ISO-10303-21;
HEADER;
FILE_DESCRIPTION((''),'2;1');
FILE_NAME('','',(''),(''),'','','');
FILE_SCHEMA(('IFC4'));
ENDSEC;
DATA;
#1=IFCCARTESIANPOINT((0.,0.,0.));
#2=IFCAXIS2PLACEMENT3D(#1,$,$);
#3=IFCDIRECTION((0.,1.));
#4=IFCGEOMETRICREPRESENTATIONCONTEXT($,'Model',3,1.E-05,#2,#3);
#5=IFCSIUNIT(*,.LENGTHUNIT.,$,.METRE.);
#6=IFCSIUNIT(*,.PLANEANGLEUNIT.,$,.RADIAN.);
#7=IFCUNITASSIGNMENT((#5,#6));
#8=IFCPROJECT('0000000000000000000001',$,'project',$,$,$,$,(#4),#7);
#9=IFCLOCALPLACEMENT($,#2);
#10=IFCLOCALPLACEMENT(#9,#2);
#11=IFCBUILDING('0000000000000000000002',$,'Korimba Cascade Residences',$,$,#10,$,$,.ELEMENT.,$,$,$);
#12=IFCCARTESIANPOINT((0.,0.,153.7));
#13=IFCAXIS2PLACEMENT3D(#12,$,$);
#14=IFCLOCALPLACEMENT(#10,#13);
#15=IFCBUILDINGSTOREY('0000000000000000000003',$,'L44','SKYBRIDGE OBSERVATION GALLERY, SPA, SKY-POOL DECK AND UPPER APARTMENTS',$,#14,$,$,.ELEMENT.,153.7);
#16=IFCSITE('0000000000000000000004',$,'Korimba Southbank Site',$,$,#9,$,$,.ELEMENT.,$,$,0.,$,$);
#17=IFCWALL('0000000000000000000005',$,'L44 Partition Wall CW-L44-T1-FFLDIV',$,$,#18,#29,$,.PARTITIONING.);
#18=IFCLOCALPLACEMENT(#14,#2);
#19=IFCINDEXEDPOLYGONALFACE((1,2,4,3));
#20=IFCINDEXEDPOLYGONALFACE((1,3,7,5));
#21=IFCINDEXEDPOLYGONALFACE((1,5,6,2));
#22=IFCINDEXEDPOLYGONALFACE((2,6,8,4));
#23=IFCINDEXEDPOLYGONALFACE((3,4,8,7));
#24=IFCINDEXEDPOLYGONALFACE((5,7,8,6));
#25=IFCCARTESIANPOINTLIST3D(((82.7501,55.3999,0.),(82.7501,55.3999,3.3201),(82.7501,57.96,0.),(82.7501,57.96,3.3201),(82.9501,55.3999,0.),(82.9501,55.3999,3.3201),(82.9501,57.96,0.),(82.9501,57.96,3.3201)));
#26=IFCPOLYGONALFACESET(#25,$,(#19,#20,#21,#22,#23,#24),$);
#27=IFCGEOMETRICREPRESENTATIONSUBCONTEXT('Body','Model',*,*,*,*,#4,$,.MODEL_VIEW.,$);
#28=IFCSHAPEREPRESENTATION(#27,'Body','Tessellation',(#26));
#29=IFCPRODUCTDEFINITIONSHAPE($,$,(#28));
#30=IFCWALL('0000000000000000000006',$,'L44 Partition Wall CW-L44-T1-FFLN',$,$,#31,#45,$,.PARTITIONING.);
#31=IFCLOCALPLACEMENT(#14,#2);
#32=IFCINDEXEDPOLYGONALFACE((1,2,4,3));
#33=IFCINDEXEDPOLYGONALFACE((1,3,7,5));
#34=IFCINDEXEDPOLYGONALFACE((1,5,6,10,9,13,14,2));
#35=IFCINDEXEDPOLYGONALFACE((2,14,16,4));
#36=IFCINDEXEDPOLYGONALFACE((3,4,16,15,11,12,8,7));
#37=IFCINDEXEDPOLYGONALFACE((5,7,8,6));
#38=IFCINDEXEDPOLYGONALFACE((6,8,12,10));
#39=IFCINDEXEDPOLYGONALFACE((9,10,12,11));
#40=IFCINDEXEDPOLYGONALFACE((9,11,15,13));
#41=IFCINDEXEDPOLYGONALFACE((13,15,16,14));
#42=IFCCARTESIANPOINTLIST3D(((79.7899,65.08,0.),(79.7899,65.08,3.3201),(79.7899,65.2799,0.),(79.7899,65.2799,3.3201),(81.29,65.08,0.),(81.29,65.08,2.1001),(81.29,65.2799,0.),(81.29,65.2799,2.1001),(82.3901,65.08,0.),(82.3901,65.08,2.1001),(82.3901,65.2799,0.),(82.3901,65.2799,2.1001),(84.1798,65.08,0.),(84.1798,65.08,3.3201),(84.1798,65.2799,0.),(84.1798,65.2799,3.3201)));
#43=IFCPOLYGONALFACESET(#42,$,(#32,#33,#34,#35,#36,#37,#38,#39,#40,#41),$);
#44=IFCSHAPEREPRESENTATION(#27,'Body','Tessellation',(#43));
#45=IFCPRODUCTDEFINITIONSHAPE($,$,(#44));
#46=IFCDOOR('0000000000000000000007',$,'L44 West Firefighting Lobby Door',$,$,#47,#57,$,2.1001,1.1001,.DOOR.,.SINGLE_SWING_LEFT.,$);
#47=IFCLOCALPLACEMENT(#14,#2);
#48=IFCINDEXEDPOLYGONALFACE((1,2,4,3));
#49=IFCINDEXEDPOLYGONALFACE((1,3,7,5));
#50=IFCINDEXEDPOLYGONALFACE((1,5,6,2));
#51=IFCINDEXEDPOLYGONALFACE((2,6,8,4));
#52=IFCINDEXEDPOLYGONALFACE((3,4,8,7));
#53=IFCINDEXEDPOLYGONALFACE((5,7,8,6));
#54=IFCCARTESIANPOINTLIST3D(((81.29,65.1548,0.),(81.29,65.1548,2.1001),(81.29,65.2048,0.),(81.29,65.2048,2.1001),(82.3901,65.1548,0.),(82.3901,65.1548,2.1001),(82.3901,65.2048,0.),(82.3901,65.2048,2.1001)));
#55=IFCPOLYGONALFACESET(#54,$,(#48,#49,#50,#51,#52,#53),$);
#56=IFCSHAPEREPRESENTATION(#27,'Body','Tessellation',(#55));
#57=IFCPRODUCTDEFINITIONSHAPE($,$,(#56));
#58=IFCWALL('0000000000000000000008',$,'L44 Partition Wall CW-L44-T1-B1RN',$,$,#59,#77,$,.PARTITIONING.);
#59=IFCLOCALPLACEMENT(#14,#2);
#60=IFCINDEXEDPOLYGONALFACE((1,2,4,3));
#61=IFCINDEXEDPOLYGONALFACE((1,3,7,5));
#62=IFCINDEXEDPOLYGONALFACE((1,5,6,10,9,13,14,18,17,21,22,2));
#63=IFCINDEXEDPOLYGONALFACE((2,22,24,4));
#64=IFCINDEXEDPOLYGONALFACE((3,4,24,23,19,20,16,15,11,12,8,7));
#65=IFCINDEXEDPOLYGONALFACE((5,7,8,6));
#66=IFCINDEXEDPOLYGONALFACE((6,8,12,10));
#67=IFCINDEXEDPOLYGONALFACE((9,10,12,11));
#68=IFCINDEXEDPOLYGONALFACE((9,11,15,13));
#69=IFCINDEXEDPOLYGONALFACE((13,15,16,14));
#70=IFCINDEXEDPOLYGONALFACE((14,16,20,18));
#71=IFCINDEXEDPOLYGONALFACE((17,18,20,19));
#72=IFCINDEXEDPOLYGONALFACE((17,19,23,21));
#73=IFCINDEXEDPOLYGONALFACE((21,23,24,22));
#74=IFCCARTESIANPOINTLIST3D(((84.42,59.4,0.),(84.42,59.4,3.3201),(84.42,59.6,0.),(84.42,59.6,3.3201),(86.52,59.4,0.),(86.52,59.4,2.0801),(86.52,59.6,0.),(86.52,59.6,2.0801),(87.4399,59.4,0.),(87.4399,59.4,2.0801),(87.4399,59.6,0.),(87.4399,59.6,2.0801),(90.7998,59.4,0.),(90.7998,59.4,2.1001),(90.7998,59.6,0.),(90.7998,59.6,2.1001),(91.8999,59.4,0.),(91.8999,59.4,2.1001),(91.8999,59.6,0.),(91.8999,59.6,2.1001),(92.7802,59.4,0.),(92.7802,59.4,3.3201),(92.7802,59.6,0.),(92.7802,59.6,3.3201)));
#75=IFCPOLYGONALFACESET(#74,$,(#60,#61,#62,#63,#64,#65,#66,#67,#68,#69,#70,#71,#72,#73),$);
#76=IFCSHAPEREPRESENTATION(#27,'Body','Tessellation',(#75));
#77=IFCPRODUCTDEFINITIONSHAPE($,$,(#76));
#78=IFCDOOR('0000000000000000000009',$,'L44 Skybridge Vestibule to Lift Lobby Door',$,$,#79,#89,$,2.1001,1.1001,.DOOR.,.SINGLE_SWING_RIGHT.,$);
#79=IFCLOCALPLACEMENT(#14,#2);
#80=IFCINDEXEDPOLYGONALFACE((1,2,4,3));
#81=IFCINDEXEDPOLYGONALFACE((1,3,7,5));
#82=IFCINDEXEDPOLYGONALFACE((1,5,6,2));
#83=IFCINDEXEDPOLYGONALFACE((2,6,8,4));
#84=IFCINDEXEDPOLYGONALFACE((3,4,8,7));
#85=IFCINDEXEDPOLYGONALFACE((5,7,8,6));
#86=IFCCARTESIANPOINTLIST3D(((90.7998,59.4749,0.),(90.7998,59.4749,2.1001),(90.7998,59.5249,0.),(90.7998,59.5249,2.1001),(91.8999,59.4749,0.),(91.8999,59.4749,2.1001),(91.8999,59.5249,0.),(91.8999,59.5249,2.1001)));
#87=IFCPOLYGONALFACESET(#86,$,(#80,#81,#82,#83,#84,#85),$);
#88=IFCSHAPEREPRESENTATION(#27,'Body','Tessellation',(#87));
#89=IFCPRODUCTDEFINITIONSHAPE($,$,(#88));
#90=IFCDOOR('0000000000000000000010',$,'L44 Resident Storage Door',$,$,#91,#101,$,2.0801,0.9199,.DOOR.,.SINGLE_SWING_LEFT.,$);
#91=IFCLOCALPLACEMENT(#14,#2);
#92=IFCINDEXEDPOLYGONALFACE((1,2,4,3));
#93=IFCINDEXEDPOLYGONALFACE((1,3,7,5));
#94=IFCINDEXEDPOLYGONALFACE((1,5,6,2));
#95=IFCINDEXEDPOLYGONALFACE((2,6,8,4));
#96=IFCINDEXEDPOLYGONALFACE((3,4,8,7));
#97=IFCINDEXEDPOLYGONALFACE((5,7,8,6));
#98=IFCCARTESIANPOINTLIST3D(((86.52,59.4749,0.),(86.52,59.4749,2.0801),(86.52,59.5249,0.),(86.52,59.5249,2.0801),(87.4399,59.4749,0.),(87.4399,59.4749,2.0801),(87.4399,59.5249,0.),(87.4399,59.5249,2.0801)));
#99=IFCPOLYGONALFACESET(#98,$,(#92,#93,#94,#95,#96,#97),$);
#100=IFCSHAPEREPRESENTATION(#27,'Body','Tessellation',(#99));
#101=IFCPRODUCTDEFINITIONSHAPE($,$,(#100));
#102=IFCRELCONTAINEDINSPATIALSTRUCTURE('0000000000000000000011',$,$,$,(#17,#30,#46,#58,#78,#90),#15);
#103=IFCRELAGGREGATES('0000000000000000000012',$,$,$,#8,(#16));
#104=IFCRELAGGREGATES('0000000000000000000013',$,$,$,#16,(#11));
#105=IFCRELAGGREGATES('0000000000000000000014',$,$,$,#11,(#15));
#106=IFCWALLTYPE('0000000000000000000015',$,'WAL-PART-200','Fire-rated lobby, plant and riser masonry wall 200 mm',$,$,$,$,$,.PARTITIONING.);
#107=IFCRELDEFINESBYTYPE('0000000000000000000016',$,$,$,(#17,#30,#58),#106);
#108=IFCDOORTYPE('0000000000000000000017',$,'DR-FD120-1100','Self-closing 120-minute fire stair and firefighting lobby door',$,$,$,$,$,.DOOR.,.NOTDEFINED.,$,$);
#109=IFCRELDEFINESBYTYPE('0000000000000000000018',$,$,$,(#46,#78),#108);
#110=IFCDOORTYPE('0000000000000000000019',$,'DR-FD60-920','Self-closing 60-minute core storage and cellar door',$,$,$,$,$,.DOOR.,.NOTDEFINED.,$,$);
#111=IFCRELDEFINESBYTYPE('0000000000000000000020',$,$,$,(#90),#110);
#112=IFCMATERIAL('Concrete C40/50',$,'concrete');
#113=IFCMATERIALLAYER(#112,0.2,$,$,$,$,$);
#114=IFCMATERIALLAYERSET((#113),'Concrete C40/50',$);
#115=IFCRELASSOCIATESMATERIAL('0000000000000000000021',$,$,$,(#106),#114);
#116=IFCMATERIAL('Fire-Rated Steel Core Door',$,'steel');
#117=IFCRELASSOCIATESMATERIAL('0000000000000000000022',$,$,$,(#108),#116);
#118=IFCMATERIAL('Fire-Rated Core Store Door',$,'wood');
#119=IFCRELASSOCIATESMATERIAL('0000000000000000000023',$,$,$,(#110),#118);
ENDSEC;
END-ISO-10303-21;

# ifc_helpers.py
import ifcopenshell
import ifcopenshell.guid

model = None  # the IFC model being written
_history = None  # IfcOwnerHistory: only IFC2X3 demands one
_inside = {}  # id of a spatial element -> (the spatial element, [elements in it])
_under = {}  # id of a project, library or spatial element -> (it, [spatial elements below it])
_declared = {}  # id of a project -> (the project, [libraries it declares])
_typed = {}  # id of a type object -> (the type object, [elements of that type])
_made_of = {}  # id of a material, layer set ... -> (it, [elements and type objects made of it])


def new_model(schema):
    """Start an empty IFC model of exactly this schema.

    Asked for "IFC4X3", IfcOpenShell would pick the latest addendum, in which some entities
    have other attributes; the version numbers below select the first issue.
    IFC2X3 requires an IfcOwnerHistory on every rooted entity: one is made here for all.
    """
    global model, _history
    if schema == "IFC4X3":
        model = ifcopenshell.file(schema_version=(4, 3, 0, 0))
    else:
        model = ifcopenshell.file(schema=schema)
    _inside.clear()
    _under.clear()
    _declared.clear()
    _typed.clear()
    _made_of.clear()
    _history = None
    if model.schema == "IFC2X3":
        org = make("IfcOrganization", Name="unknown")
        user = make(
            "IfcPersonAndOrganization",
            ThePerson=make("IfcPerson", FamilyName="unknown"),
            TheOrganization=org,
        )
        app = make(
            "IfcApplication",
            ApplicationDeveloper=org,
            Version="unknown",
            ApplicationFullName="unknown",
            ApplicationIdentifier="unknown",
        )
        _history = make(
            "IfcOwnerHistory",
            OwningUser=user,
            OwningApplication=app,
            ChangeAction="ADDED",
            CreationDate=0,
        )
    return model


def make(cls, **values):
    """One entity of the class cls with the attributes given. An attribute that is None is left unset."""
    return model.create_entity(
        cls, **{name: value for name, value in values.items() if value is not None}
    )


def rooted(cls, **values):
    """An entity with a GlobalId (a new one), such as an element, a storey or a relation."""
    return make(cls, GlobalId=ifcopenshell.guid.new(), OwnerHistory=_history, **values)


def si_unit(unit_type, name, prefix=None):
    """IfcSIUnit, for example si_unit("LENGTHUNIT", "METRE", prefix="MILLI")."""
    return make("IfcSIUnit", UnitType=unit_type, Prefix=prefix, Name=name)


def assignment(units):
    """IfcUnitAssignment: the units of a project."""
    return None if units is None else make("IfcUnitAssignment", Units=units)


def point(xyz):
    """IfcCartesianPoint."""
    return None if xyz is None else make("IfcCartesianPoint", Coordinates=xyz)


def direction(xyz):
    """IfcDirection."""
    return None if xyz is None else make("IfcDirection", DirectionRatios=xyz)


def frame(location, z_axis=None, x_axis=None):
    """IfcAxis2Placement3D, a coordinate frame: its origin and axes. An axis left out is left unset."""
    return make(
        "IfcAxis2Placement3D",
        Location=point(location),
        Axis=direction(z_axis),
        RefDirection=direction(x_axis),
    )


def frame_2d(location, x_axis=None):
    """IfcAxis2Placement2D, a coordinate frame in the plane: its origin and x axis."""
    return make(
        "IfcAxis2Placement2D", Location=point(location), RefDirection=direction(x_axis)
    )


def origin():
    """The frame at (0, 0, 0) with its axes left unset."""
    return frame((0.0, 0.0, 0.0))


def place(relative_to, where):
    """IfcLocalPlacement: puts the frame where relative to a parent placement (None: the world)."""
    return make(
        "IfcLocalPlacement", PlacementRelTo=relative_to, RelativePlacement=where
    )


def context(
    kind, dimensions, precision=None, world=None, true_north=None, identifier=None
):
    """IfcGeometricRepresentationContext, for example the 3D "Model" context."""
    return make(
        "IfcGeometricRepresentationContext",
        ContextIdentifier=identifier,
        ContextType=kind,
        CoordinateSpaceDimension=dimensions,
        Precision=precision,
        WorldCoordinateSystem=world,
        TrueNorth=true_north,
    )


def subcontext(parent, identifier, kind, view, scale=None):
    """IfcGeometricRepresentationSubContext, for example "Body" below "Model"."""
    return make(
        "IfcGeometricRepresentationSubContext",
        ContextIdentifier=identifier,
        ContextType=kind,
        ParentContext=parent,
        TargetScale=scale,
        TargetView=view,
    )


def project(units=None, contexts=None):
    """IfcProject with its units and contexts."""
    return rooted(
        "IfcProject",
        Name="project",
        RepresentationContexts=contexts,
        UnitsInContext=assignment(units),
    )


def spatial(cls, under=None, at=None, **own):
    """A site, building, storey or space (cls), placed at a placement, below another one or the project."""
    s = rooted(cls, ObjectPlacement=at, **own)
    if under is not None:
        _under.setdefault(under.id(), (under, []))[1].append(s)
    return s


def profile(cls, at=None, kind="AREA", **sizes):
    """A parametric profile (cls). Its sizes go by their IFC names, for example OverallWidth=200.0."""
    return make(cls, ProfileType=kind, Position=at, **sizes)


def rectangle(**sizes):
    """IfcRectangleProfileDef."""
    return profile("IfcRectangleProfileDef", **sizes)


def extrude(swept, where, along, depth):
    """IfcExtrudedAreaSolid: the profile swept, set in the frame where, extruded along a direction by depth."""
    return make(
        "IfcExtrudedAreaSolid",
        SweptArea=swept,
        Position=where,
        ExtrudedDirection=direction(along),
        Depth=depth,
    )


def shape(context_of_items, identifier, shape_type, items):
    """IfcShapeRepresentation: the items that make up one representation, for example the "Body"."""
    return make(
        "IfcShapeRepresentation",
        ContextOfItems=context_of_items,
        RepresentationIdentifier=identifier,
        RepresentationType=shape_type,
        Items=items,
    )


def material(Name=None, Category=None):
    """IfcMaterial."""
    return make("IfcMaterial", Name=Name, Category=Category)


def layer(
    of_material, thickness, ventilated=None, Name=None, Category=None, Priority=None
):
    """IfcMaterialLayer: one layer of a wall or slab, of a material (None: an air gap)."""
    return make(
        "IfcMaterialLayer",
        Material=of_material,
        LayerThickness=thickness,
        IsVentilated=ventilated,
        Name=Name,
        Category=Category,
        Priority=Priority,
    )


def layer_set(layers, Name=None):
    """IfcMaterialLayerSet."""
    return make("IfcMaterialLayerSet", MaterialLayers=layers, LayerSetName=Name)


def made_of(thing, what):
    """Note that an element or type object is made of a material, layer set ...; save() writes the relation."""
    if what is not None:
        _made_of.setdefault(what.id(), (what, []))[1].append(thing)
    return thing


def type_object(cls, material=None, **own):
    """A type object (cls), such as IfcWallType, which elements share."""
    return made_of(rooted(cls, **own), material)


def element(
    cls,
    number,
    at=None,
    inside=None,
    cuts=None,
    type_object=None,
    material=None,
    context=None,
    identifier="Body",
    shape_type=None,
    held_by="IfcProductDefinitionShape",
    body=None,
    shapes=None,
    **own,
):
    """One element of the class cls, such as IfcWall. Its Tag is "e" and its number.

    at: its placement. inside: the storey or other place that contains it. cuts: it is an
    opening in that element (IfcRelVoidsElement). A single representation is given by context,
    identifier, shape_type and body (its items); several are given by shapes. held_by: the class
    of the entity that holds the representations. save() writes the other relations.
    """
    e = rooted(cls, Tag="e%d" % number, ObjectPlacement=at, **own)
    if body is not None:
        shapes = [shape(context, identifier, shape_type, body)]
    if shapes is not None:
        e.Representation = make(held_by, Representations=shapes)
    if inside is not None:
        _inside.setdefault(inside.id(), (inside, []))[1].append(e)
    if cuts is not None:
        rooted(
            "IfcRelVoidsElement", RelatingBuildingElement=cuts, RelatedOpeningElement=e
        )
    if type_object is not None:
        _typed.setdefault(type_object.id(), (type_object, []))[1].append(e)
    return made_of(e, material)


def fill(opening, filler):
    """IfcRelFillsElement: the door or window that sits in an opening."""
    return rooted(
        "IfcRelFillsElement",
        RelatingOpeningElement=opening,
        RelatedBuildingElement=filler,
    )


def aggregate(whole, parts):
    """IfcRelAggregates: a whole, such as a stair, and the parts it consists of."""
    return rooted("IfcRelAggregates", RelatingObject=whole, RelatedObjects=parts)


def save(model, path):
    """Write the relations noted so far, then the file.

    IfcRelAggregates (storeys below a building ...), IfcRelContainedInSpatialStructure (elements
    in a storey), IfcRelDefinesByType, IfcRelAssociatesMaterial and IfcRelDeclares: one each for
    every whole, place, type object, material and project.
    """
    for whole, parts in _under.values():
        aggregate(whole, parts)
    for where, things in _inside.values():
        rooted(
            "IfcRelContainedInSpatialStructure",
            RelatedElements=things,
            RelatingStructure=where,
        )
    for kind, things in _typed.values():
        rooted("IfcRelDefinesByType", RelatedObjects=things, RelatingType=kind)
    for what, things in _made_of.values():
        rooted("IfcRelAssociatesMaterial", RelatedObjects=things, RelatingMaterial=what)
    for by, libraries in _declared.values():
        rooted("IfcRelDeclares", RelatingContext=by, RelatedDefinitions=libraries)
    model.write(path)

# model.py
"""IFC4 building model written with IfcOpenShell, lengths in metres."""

from ifc_helpers import new_model, si_unit, direction, frame, frame_2d, origin, place, context, subcontext, project, spatial, rectangle, extrude, material, layer, layer_set, type_object, element, fill, save


model = new_model("IFC4")

# Units and contexts
model_context = context("Model", 3, precision=1e-05, world=origin(), true_north=direction((0.0, 1.0)))
body_context = subcontext(model_context, "Body", "Model", "MODEL_VIEW")
ifc_project = project(units=[si_unit("LENGTHUNIT", "METRE"), si_unit("PLANEANGLEUNIT", "RADIAN")], contexts=[model_context])

# Site, building, storey
site_placement = place(None, origin())
site = spatial("IfcSite", under=ifc_project, at=site_placement, Name="Korimba Southbank Site", CompositionType="ELEMENT", RefElevation=0.0)
building_placement = place(site_placement, origin())
building = spatial("IfcBuilding", under=site, at=building_placement, Name="Korimba Cascade Residences", CompositionType="ELEMENT")
storey_placement = place(building_placement, frame((0.0, 0.0, 153.7)))
storey = spatial("IfcBuildingStorey", under=building, at=storey_placement, Name="L44", Description="SKYBRIDGE OBSERVATION GALLERY, SPA, SKY-POOL DECK AND UPPER APARTMENTS", CompositionType="ELEMENT", Elevation=153.7)

# Wall
ifc_material_1 = material(Name="Concrete C40/50", Category="concrete")
ifc_layer_1 = layer(ifc_material_1, 0.2)
ifc_layer_set_1 = layer_set([ifc_layer_1], Name="Concrete C40/50")
wall_type_1 = type_object("IfcWallType", Name="WAL-PART-200", Description="Fire-rated lobby, plant and riser masonry wall 200 mm", PredefinedType="PARTITIONING", material=ifc_layer_set_1)
wall_1_placement = place(storey_placement, frame((82.8501, 55.3999, 0.0), z_axis=(0.0, 0.0, 1.0), x_axis=(0.0, 1.0, 0.0)))
element("IfcWall", 1, at=wall_1_placement, inside=storey, type_object=wall_type_1, Name="L44 Partition Wall CW-L44-T1-FFLDIV", PredefinedType="PARTITIONING", context=body_context, shape_type="SweptSolid", body=[
    extrude(rectangle(XDim=2.5601, YDim=0.2, at=frame_2d((1.28, 0.0))), origin(), (0.0, 0.0, 1.0), 3.3201),
])

# Wall, opening, door
wall_2_placement = place(storey_placement, frame((79.79, 65.1799, 0.0), z_axis=(0.0, 0.0, 1.0), x_axis=(1.0, 0.0, 0.0)))
wall_2 = element("IfcWall", 2, at=wall_2_placement, inside=storey, type_object=wall_type_1, Name="L44 Partition Wall CW-L44-T1-FFLN", PredefinedType="PARTITIONING", context=body_context, shape_type="SweptSolid", body=[
    extrude(rectangle(XDim=4.3899, YDim=0.2, at=frame_2d((2.1948, 0.0))), origin(), (0.0, 0.0, 1.0), 3.3201),
])
opening_1_placement = place(wall_2_placement, frame((1.5, 0.0, 0.0)))
opening_1 = element("IfcOpeningElement", 3, at=opening_1_placement, cuts=wall_2, PredefinedType="OPENING", context=body_context, shape_type="SweptSolid", body=[
    extrude(rectangle(XDim=1.1001, YDim=2.1001, at=frame_2d((0.55, 1.05))), frame((0.0, 0.1099, 0.0), z_axis=(0.0, -1.0, 0.0), x_axis=(1.0, 0.0, 0.0)), (0.0, 0.0, 1.0), 0.22),
])
ifc_material_2 = material(Name="Fire-Rated Steel Core Door", Category="steel")
door_type_1 = type_object("IfcDoorType", Name="DR-FD120-1100", Description="Self-closing 120-minute fire stair and firefighting lobby door", OperationType="NOTDEFINED", PredefinedType="DOOR", material=ifc_material_2)
door_1_placement = place(opening_1_placement, origin())
door_1 = element("IfcDoor", 4, at=door_1_placement, inside=storey, type_object=door_type_1, Name="L44 West Firefighting Lobby Door", OperationType="SINGLE_SWING_LEFT", OverallHeight=2.1001, OverallWidth=1.1001, PredefinedType="DOOR", context=body_context, shape_type="SweptSolid", body=[
    extrude(rectangle(XDim=1.1001, YDim=2.1001, at=frame_2d((0.55, 1.05))), frame((0.0, 0.0249, 0.0), z_axis=(0.0, -1.0, 0.0), x_axis=(1.0, 0.0, 0.0)), (0.0, 0.0, 1.0), 0.05),
])
fill(opening_1, door_1)

# Wall, openings, doors
wall_3_placement = place(storey_placement, frame((84.4199, 59.5, 0.0), z_axis=(0.0, 0.0, 1.0), x_axis=(1.0, 0.0, 0.0)))
wall_3 = element("IfcWall", 5, at=wall_3_placement, inside=storey, type_object=wall_type_1, Name="L44 Partition Wall CW-L44-T1-B1RN", PredefinedType="PARTITIONING", context=body_context, shape_type="SweptSolid", body=[
    extrude(rectangle(XDim=8.3601, YDim=0.2, at=frame_2d((4.1802, 0.0))), origin(), (0.0, 0.0, 1.0), 3.3201),
])
opening_2_placement = place(wall_3_placement, frame((2.1001, 0.0, 0.0)))
opening_2 = element("IfcOpeningElement", 6, at=opening_2_placement, cuts=wall_3, PredefinedType="OPENING", context=body_context, shape_type="SweptSolid", body=[
    extrude(rectangle(XDim=0.9199, YDim=2.0801, at=frame_2d((0.46, 1.04))), frame((0.0, 0.1099, 0.0), z_axis=(0.0, -1.0, 0.0), x_axis=(1.0, 0.0, 0.0)), (0.0, 0.0, 1.0), 0.22),
])
opening_3_placement = place(wall_3_placement, frame((6.3799, 0.0, 0.0)))
opening_3 = element("IfcOpeningElement", 7, at=opening_3_placement, cuts=wall_3, PredefinedType="OPENING", context=body_context, shape_type="SweptSolid", body=[
    extrude(rectangle(XDim=1.1001, YDim=2.1001, at=frame_2d((0.55, 1.05))), frame((0.0, 0.1099, 0.0), z_axis=(0.0, -1.0, 0.0), x_axis=(1.0, 0.0, 0.0)), (0.0, 0.0, 1.0), 0.22),
])
door_2_placement = place(opening_3_placement, origin())
door_2 = element("IfcDoor", 8, at=door_2_placement, inside=storey, type_object=door_type_1, Name="L44 Skybridge Vestibule to Lift Lobby Door", OperationType="SINGLE_SWING_RIGHT", OverallHeight=2.1001, OverallWidth=1.1001, PredefinedType="DOOR", context=body_context, shape_type="SweptSolid", body=[
    extrude(rectangle(XDim=1.1001, YDim=2.1001, at=frame_2d((0.55, 1.05))), frame((0.0, 0.0249, 0.0), z_axis=(0.0, -1.0, 0.0), x_axis=(1.0, 0.0, 0.0)), (0.0, 0.0, 1.0), 0.05),
])
fill(opening_3, door_2)
ifc_material_3 = material(Name="Fire-Rated Core Store Door", Category="wood")
door_type_2 = type_object("IfcDoorType", Name="DR-FD60-920", Description="Self-closing 60-minute core storage and cellar door", OperationType="NOTDEFINED", PredefinedType="DOOR", material=ifc_material_3)
door_3_placement = place(opening_2_placement, origin())
door_3 = element("IfcDoor", 9, at=door_3_placement, inside=storey, type_object=door_type_2, Name="L44 Resident Storage Door", OperationType="SINGLE_SWING_LEFT", OverallHeight=2.0801, OverallWidth=0.9199, PredefinedType="DOOR", context=body_context, shape_type="SweptSolid", body=[
    extrude(rectangle(XDim=0.9199, YDim=2.0801, at=frame_2d((0.46, 1.04))), frame((0.0, 0.0249, 0.0), z_axis=(0.0, -1.0, 0.0), x_axis=(1.0, 0.0, 0.0)), (0.0, 0.0, 1.0), 0.05),
])
fill(opening_2, door_3)

save(model, "model.ifc")
